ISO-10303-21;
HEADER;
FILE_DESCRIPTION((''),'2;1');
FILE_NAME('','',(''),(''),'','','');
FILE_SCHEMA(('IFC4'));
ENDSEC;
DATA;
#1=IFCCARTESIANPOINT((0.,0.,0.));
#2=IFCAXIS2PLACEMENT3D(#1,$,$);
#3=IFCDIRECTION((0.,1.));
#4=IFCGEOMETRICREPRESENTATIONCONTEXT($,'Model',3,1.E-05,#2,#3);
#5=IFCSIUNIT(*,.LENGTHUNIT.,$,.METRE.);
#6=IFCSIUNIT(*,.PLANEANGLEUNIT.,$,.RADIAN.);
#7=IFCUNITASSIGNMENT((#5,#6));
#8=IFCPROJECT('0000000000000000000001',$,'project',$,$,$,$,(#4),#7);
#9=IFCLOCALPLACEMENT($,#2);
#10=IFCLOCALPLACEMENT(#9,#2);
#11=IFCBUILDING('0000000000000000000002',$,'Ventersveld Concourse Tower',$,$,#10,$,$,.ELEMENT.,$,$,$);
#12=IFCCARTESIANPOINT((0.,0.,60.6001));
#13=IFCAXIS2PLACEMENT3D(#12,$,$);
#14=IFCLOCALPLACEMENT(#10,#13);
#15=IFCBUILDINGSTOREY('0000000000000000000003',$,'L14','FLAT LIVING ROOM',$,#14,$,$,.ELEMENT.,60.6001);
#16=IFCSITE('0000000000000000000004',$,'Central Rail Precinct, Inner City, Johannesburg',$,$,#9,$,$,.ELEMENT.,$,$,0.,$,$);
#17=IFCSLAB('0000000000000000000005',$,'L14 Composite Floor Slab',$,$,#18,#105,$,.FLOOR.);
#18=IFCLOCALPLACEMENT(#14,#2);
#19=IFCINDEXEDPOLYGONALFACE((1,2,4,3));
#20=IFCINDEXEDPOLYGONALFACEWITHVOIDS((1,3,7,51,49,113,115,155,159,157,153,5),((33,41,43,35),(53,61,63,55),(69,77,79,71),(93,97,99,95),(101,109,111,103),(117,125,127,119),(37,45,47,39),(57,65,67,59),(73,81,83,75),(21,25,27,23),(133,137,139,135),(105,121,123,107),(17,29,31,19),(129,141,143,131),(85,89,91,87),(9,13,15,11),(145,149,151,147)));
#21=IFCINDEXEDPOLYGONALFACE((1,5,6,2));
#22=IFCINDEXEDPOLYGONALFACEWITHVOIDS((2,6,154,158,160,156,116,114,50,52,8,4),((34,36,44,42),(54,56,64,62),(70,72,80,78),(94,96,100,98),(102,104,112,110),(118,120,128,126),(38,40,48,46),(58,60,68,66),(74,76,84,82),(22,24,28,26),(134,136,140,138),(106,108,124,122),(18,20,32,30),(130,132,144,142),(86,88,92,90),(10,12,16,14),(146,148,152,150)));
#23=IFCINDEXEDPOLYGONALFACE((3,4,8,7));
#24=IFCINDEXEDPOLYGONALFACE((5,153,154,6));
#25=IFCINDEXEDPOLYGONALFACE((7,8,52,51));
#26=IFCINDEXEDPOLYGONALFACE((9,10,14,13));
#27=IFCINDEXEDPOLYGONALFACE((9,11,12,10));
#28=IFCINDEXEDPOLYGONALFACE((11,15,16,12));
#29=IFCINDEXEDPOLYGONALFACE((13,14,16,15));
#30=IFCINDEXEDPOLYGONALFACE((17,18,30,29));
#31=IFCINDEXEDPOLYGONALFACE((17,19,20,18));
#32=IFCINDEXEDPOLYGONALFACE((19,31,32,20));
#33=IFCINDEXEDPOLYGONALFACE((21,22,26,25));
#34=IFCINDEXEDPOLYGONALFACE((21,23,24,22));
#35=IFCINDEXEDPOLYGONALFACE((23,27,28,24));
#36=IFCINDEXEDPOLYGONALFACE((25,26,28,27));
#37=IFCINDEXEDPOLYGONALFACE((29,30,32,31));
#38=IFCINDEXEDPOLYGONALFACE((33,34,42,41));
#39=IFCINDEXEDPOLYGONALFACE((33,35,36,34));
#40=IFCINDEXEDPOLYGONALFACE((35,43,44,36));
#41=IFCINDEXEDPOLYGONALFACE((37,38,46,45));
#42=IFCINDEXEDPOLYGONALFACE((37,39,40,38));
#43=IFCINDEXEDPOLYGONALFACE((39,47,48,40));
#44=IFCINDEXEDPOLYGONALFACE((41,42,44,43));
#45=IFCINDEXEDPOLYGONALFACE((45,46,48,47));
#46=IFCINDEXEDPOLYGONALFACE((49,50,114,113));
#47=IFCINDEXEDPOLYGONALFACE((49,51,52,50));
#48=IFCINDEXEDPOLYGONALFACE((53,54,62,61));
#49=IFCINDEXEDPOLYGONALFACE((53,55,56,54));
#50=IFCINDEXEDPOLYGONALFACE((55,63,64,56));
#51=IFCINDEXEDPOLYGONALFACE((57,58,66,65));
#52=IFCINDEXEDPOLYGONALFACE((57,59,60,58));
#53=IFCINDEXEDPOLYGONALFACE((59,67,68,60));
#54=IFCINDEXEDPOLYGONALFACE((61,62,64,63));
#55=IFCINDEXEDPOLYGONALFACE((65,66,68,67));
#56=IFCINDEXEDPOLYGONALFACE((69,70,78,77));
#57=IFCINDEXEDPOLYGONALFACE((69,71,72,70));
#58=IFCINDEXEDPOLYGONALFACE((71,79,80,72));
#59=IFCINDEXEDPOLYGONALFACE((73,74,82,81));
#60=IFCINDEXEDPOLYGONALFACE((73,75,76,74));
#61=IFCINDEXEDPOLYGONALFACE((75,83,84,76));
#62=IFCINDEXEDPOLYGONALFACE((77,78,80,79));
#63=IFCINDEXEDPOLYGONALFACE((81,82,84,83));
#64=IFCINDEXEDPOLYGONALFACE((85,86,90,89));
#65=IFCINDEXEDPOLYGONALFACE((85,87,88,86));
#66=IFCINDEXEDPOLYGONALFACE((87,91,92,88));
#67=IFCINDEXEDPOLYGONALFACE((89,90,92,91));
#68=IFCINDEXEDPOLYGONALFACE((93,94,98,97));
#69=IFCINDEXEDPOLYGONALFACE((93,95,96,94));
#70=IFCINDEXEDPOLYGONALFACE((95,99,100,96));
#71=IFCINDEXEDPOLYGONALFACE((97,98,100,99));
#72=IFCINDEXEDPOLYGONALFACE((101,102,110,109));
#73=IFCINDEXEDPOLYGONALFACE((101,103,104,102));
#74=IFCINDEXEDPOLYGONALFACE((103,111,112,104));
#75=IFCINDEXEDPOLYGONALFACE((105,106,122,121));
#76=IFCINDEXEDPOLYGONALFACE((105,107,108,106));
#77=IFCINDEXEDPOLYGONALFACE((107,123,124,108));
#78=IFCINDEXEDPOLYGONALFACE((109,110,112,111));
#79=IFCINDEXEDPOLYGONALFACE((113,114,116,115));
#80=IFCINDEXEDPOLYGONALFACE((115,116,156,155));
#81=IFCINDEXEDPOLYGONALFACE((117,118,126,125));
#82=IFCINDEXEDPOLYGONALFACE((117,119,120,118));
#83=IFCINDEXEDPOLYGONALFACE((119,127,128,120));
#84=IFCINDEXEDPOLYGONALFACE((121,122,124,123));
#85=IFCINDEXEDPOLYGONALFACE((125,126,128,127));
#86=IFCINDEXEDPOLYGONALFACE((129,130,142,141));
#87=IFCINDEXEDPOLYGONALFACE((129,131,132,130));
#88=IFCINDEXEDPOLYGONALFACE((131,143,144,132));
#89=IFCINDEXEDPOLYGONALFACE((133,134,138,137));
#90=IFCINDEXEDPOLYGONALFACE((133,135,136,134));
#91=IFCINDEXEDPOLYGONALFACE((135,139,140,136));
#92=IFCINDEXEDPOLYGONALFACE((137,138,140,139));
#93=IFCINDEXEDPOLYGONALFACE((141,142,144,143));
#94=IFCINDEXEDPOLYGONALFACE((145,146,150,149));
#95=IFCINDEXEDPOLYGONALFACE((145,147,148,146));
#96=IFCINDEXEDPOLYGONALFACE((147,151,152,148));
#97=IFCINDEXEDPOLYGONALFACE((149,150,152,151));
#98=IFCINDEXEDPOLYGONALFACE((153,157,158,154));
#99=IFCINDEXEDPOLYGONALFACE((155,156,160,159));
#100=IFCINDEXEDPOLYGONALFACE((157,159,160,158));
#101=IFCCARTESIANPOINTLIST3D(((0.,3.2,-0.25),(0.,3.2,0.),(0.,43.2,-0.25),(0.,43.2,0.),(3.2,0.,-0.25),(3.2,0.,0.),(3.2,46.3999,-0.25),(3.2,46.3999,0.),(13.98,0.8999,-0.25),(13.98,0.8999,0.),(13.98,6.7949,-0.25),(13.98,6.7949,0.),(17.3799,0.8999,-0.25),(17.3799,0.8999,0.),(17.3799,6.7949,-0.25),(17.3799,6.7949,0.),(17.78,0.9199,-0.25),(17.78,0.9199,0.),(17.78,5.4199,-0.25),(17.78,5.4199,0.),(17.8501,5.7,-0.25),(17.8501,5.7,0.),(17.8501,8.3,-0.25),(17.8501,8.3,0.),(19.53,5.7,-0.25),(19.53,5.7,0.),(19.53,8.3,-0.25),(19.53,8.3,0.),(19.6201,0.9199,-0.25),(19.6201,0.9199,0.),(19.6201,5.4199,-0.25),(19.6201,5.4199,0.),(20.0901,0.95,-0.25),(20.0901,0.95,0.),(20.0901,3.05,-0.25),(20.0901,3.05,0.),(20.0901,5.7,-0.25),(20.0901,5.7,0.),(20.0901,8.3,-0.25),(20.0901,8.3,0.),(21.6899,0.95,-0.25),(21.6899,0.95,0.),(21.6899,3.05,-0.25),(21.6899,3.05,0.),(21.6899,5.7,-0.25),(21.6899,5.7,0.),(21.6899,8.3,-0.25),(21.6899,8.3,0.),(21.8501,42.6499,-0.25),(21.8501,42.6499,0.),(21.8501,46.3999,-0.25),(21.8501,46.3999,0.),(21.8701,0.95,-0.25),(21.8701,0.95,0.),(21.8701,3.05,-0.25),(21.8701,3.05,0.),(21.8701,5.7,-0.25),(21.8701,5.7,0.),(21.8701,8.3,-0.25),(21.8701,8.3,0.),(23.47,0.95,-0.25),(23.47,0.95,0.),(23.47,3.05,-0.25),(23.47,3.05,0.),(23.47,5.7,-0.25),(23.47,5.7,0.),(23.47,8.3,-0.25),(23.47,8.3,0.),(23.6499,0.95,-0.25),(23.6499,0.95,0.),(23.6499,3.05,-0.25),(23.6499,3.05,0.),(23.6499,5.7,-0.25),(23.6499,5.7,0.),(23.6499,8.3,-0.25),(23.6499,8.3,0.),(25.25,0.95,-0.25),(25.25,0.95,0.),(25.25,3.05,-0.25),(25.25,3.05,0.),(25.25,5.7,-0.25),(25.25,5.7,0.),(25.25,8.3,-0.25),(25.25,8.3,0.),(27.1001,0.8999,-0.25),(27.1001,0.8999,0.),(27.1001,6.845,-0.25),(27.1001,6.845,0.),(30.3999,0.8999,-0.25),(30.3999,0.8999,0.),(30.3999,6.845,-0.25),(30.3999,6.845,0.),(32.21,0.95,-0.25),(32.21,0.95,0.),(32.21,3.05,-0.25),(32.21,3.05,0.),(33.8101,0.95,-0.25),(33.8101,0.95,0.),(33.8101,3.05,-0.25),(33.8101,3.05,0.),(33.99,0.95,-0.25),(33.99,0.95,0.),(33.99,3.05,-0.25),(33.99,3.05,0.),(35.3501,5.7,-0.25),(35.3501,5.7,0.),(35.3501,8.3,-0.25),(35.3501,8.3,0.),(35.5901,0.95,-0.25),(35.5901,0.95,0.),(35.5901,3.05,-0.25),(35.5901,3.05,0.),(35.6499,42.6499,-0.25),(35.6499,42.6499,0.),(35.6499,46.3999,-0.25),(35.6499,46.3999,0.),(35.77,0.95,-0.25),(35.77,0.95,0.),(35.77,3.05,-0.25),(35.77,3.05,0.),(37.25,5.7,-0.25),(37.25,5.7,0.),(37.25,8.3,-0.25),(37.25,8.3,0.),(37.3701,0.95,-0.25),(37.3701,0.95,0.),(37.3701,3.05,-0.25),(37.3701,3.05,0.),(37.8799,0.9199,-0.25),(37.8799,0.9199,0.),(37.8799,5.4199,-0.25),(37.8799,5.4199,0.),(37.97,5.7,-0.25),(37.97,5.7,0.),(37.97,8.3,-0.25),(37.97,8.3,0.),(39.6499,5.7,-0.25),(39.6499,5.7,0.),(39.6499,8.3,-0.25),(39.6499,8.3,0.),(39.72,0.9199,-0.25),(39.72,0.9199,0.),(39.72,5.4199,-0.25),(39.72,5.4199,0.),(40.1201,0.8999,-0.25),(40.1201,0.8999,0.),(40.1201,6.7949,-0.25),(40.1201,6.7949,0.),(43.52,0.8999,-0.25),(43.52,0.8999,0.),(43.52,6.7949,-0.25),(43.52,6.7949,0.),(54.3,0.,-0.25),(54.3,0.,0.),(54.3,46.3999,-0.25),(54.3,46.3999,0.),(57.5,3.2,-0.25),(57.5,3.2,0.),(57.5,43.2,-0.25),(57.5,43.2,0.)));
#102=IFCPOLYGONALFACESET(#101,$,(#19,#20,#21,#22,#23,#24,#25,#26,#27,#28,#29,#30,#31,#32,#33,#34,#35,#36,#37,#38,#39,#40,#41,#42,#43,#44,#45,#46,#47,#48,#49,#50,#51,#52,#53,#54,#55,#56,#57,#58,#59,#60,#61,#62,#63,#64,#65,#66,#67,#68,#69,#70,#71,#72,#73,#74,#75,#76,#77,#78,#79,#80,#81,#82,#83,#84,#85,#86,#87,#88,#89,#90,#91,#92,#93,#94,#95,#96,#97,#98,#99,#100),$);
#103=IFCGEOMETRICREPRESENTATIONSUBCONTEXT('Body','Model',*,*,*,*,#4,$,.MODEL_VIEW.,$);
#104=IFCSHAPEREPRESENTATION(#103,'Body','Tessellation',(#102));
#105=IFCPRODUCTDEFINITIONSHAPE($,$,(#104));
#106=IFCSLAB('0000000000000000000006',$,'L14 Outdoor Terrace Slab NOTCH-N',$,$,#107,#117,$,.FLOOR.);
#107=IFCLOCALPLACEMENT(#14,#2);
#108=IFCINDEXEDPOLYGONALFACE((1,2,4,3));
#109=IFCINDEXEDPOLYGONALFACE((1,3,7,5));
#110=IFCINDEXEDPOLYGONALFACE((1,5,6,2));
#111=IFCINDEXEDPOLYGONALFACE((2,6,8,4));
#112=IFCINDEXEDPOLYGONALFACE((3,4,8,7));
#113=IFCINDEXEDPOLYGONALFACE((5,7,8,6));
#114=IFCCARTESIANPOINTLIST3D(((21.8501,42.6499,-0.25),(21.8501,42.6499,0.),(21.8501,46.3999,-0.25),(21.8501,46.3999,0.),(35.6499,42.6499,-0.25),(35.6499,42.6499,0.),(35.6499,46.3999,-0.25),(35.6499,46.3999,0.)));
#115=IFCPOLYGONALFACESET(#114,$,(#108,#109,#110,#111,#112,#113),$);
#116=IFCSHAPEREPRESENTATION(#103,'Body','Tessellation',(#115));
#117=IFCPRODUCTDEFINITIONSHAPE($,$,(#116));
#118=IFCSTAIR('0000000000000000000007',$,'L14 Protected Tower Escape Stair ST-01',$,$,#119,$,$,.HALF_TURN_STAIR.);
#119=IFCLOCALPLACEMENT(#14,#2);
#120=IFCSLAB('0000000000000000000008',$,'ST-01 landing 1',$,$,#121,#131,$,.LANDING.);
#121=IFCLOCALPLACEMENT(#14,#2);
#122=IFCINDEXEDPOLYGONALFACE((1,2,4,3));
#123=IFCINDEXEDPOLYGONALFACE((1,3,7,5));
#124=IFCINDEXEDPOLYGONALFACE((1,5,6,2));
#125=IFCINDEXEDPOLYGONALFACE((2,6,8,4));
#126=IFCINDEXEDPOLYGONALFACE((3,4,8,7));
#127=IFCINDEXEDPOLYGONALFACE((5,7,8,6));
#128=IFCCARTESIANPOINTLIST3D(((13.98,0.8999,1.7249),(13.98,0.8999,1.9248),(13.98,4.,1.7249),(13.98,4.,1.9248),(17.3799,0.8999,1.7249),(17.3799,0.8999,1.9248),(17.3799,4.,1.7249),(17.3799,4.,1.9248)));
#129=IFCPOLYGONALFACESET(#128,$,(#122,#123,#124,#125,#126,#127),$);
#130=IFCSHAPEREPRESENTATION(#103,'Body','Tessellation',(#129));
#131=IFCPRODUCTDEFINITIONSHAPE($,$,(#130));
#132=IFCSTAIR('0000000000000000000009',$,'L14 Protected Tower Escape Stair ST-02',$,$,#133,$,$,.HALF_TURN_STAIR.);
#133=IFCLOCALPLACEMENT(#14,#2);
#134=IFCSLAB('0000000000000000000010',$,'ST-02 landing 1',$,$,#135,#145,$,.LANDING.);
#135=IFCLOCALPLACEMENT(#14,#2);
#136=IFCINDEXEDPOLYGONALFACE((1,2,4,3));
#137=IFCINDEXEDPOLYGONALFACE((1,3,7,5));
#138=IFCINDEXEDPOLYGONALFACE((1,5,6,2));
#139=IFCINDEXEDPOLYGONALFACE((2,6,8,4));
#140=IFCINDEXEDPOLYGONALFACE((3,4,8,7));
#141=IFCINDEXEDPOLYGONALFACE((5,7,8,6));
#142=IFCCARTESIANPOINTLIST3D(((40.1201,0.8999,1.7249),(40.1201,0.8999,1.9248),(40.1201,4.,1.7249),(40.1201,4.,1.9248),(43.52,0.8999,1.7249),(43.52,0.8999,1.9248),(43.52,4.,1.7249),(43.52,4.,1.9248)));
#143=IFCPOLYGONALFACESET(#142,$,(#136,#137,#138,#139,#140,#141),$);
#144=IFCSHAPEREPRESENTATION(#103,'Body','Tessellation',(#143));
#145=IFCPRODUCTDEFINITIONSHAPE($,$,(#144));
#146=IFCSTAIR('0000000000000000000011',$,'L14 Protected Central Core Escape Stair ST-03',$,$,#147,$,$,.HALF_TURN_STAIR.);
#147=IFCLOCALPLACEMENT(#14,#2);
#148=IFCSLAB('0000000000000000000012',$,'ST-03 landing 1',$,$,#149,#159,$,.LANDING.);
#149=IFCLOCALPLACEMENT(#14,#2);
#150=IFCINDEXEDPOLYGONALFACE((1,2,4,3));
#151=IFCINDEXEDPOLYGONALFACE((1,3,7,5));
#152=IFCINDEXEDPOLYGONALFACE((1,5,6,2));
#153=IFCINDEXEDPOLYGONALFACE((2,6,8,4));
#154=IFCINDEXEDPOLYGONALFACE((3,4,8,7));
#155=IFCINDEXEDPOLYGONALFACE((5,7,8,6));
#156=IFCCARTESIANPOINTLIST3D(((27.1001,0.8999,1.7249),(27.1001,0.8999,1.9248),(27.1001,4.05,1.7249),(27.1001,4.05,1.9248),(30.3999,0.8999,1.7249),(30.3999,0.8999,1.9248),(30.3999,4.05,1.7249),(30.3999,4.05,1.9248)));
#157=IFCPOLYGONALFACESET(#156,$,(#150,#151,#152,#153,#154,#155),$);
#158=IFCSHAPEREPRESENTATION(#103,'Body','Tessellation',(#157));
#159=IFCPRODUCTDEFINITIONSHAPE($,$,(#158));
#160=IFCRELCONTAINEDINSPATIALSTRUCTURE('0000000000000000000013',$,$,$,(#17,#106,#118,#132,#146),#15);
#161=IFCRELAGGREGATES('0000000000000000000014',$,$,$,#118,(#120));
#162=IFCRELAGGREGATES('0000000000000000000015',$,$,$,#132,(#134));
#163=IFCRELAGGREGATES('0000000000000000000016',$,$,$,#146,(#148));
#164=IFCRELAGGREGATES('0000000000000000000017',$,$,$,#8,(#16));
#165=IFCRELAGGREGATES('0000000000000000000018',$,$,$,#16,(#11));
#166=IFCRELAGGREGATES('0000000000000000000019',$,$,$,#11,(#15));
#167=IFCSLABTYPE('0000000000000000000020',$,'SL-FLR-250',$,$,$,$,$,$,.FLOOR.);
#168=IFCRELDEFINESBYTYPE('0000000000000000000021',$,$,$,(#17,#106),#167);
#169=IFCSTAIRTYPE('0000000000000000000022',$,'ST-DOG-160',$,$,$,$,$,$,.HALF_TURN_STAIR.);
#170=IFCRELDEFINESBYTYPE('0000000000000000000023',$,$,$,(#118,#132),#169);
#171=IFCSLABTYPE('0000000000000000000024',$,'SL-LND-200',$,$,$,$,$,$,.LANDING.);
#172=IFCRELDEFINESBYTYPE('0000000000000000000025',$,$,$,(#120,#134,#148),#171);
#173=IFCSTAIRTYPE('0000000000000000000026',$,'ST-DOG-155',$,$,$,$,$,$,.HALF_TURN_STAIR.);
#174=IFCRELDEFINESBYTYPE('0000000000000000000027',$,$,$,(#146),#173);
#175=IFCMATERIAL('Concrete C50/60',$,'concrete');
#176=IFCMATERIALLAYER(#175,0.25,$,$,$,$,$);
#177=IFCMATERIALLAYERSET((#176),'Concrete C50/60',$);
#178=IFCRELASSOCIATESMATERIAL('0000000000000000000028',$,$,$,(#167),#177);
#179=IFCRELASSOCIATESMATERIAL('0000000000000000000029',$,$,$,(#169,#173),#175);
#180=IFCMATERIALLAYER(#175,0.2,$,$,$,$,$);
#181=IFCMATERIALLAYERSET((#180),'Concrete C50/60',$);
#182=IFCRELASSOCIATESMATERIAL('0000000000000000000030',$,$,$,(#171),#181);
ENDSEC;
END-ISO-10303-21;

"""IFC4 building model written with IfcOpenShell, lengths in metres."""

from ifc_helpers import new_model, si_unit, direction, frame, origin, place, context, subcontext, project, spatial, polyline, outline, extrude, material, layer, layer_set, type_object, element, aggregate, save


model = new_model("IFC4")

# Units and contexts
model_context = context("Model", 3, precision=1e-05, world=origin(), true_north=direction((0.0, 1.0)))
body_context = subcontext(model_context, "Body", "Model", "MODEL_VIEW")
ifc_project = project(units=[si_unit("LENGTHUNIT", "METRE"), si_unit("PLANEANGLEUNIT", "RADIAN")], contexts=[model_context])

# Site, building, storey
site_placement = place(None, origin())
site = spatial("IfcSite", under=ifc_project, at=site_placement, Name="Central Rail Precinct, Inner City, Johannesburg", CompositionType="ELEMENT", RefElevation=0.0)
building_placement = place(site_placement, origin())
building = spatial("IfcBuilding", under=site, at=building_placement, Name="Ventersveld Concourse Tower", CompositionType="ELEMENT")
storey_placement = place(building_placement, frame((0.0, 0.0, 60.6001)))
storey = spatial("IfcBuildingStorey", under=building, at=storey_placement, Name="L14", Description="FLAT LIVING ROOM", CompositionType="ELEMENT", Elevation=60.6001)

# Slabs
ifc_material_1 = material(Name="Concrete C50/60", Category="concrete")
ifc_layer_1 = layer(ifc_material_1, 0.25)
ifc_layer_set_1 = layer_set([ifc_layer_1], Name="Concrete C50/60")
slab_type_1 = type_object("IfcSlabType", Name="SL-FLR-250", PredefinedType="FLOOR", material=ifc_layer_set_1)
slab_1_placement = place(storey_placement, frame((0.0, 0.0, -0.25)))
element("IfcSlab", 1, at=slab_1_placement, inside=storey, type_object=slab_type_1, Name="L14 Composite Floor Slab", PredefinedType="FLOOR", context=body_context, shape_type="SweptSolid", body=[
    extrude(outline(polyline([(3.2, 0.0), (54.3, 0.0), (57.5, 3.2), (57.5, 43.2), (54.3, 46.3999), (35.6499, 46.3999), (35.6499, 42.6499), (21.8501, 42.6499), (21.8501, 46.3999), (3.2, 46.3999), (0.0, 43.2), (0.0, 3.2), (3.2, 0.0)]), holes=[polyline([(13.98, 6.7949), (13.98, 0.8999), (17.3799, 0.8999), (17.3799, 6.7949), (13.98, 6.7949)]), polyline([(40.1201, 6.7949), (40.1201, 0.8999), (43.52, 0.8999), (43.52, 6.7949), (40.1201, 6.7949)]), polyline([(27.1001, 6.845), (27.1001, 0.8999), (30.3999, 0.8999), (30.3999, 6.845), (27.1001, 6.845)]), polyline([(17.8501, 5.7), (19.53, 5.7), (19.53, 8.3), (17.8501, 8.3), (17.8501, 5.7)]), polyline([(37.97, 5.7), (39.6499, 5.7), (39.6499, 8.3), (37.97, 8.3), (37.97, 5.7)]), polyline([(35.3501, 5.7), (37.25, 5.7), (37.25, 8.3), (35.3501, 8.3), (35.3501, 5.7)]), polyline([(20.0901, 0.95), (21.6899, 0.95), (21.6899, 3.05), (20.0901, 3.05), (20.0901, 0.95)]), polyline([(21.8701, 0.95), (23.47, 0.95), (23.47, 3.05), (21.8701, 3.05), (21.8701, 0.95)]), polyline([(23.6499, 0.95), (25.25, 0.95), (25.25, 3.05), (23.6499, 3.05), (23.6499, 0.95)]), polyline([(32.21, 0.95), (33.8101, 0.95), (33.8101, 3.05), (32.21, 3.05), (32.21, 0.95)]), polyline([(33.99, 0.95), (35.5901, 0.95), (35.5901, 3.05), (33.99, 3.05), (33.99, 0.95)]), polyline([(35.77, 0.95), (37.3701, 0.95), (37.3701, 3.05), (35.77, 3.05), (35.77, 0.95)]), polyline([(20.0901, 5.7), (21.6899, 5.7), (21.6899, 8.3), (20.0901, 8.3), (20.0901, 5.7)]), polyline([(21.8701, 5.7), (23.47, 5.7), (23.47, 8.3), (21.8701, 8.3), (21.8701, 5.7)]), polyline([(23.6499, 5.7), (25.25, 5.7), (25.25, 8.3), (23.6499, 8.3), (23.6499, 5.7)]), polyline([(17.78, 0.9199), (19.6201, 0.9199), (19.6201, 5.4199), (17.78, 5.4199), (17.78, 0.9199)]), polyline([(37.8799, 0.9199), (39.72, 0.9199), (39.72, 5.4199), (37.8799, 5.4199), (37.8799, 0.9199)])]), origin(), (0.0, 0.0, 1.0), 0.25),
])
slab_2_placement = place(storey_placement, frame((0.0, 0.0, -0.25)))
element("IfcSlab", 2, at=slab_2_placement, inside=storey, type_object=slab_type_1, Name="L14 Outdoor Terrace Slab NOTCH-N", PredefinedType="FLOOR", context=body_context, shape_type="SweptSolid", body=[
    extrude(outline(polyline([(21.8501, 42.6499), (35.6499, 42.6499), (35.6499, 46.3999), (21.8501, 46.3999), (21.8501, 42.6499)])), origin(), (0.0, 0.0, 1.0), 0.25),
])

# Stairs, slabs
stair_type_1 = type_object("IfcStairType", Name="ST-DOG-160", PredefinedType="HALF_TURN_STAIR", material=ifc_material_1)
stair_1_placement = place(storey_placement, origin())
stair_1 = element("IfcStair", 3, at=stair_1_placement, inside=storey, type_object=stair_type_1, Name="L14 Protected Tower Escape Stair ST-01", PredefinedType="HALF_TURN_STAIR")
ifc_layer_2 = layer(ifc_material_1, 0.2)
ifc_layer_set_2 = layer_set([ifc_layer_2], Name="Concrete C50/60")
slab_type_2 = type_object("IfcSlabType", Name="SL-LND-200", PredefinedType="LANDING", material=ifc_layer_set_2)
slab_3_placement = place(storey_placement, frame((0.0, 0.0, 1.7249)))
slab_3 = element("IfcSlab", 4, at=slab_3_placement, type_object=slab_type_2, Name="ST-01 landing 1", PredefinedType="LANDING", context=body_context, shape_type="SweptSolid", body=[
    extrude(outline(polyline([(13.98, 4.0), (13.98, 0.8999), (17.3799, 0.8999), (17.3799, 4.0), (13.98, 4.0)])), origin(), (0.0, 0.0, 1.0), 0.2),
])
aggregate(stair_1, [slab_3])
stair_2_placement = place(storey_placement, origin())
stair_2 = element("IfcStair", 5, at=stair_2_placement, inside=storey, type_object=stair_type_1, Name="L14 Protected Tower Escape Stair ST-02", PredefinedType="HALF_TURN_STAIR")
slab_4_placement = place(storey_placement, frame((0.0, 0.0, 1.7249)))
slab_4 = element("IfcSlab", 6, at=slab_4_placement, type_object=slab_type_2, Name="ST-02 landing 1", PredefinedType="LANDING", context=body_context, shape_type="SweptSolid", body=[
    extrude(outline(polyline([(40.1201, 4.0), (40.1201, 0.8999), (43.52, 0.8999), (43.52, 4.0), (40.1201, 4.0)])), origin(), (0.0, 0.0, 1.0), 0.2),
])
aggregate(stair_2, [slab_4])
stair_type_2 = type_object("IfcStairType", Name="ST-DOG-155", PredefinedType="HALF_TURN_STAIR", material=ifc_material_1)
stair_3_placement = place(storey_placement, origin())
stair_3 = element("IfcStair", 7, at=stair_3_placement, inside=storey, type_object=stair_type_2, Name="L14 Protected Central Core Escape Stair ST-03", PredefinedType="HALF_TURN_STAIR")
slab_5_placement = place(storey_placement, frame((0.0, 0.0, 1.7249)))
slab_5 = element("IfcSlab", 8, at=slab_5_placement, type_object=slab_type_2, Name="ST-03 landing 1", PredefinedType="LANDING", context=body_context, shape_type="SweptSolid", body=[
    extrude(outline(polyline([(27.1001, 4.05), (27.1001, 0.8999), (30.3999, 0.8999), (30.3999, 4.05), (27.1001, 4.05)])), origin(), (0.0, 0.0, 1.0), 0.2),
])
aggregate(stair_3, [slab_5])

save(model, "model.ifc")
